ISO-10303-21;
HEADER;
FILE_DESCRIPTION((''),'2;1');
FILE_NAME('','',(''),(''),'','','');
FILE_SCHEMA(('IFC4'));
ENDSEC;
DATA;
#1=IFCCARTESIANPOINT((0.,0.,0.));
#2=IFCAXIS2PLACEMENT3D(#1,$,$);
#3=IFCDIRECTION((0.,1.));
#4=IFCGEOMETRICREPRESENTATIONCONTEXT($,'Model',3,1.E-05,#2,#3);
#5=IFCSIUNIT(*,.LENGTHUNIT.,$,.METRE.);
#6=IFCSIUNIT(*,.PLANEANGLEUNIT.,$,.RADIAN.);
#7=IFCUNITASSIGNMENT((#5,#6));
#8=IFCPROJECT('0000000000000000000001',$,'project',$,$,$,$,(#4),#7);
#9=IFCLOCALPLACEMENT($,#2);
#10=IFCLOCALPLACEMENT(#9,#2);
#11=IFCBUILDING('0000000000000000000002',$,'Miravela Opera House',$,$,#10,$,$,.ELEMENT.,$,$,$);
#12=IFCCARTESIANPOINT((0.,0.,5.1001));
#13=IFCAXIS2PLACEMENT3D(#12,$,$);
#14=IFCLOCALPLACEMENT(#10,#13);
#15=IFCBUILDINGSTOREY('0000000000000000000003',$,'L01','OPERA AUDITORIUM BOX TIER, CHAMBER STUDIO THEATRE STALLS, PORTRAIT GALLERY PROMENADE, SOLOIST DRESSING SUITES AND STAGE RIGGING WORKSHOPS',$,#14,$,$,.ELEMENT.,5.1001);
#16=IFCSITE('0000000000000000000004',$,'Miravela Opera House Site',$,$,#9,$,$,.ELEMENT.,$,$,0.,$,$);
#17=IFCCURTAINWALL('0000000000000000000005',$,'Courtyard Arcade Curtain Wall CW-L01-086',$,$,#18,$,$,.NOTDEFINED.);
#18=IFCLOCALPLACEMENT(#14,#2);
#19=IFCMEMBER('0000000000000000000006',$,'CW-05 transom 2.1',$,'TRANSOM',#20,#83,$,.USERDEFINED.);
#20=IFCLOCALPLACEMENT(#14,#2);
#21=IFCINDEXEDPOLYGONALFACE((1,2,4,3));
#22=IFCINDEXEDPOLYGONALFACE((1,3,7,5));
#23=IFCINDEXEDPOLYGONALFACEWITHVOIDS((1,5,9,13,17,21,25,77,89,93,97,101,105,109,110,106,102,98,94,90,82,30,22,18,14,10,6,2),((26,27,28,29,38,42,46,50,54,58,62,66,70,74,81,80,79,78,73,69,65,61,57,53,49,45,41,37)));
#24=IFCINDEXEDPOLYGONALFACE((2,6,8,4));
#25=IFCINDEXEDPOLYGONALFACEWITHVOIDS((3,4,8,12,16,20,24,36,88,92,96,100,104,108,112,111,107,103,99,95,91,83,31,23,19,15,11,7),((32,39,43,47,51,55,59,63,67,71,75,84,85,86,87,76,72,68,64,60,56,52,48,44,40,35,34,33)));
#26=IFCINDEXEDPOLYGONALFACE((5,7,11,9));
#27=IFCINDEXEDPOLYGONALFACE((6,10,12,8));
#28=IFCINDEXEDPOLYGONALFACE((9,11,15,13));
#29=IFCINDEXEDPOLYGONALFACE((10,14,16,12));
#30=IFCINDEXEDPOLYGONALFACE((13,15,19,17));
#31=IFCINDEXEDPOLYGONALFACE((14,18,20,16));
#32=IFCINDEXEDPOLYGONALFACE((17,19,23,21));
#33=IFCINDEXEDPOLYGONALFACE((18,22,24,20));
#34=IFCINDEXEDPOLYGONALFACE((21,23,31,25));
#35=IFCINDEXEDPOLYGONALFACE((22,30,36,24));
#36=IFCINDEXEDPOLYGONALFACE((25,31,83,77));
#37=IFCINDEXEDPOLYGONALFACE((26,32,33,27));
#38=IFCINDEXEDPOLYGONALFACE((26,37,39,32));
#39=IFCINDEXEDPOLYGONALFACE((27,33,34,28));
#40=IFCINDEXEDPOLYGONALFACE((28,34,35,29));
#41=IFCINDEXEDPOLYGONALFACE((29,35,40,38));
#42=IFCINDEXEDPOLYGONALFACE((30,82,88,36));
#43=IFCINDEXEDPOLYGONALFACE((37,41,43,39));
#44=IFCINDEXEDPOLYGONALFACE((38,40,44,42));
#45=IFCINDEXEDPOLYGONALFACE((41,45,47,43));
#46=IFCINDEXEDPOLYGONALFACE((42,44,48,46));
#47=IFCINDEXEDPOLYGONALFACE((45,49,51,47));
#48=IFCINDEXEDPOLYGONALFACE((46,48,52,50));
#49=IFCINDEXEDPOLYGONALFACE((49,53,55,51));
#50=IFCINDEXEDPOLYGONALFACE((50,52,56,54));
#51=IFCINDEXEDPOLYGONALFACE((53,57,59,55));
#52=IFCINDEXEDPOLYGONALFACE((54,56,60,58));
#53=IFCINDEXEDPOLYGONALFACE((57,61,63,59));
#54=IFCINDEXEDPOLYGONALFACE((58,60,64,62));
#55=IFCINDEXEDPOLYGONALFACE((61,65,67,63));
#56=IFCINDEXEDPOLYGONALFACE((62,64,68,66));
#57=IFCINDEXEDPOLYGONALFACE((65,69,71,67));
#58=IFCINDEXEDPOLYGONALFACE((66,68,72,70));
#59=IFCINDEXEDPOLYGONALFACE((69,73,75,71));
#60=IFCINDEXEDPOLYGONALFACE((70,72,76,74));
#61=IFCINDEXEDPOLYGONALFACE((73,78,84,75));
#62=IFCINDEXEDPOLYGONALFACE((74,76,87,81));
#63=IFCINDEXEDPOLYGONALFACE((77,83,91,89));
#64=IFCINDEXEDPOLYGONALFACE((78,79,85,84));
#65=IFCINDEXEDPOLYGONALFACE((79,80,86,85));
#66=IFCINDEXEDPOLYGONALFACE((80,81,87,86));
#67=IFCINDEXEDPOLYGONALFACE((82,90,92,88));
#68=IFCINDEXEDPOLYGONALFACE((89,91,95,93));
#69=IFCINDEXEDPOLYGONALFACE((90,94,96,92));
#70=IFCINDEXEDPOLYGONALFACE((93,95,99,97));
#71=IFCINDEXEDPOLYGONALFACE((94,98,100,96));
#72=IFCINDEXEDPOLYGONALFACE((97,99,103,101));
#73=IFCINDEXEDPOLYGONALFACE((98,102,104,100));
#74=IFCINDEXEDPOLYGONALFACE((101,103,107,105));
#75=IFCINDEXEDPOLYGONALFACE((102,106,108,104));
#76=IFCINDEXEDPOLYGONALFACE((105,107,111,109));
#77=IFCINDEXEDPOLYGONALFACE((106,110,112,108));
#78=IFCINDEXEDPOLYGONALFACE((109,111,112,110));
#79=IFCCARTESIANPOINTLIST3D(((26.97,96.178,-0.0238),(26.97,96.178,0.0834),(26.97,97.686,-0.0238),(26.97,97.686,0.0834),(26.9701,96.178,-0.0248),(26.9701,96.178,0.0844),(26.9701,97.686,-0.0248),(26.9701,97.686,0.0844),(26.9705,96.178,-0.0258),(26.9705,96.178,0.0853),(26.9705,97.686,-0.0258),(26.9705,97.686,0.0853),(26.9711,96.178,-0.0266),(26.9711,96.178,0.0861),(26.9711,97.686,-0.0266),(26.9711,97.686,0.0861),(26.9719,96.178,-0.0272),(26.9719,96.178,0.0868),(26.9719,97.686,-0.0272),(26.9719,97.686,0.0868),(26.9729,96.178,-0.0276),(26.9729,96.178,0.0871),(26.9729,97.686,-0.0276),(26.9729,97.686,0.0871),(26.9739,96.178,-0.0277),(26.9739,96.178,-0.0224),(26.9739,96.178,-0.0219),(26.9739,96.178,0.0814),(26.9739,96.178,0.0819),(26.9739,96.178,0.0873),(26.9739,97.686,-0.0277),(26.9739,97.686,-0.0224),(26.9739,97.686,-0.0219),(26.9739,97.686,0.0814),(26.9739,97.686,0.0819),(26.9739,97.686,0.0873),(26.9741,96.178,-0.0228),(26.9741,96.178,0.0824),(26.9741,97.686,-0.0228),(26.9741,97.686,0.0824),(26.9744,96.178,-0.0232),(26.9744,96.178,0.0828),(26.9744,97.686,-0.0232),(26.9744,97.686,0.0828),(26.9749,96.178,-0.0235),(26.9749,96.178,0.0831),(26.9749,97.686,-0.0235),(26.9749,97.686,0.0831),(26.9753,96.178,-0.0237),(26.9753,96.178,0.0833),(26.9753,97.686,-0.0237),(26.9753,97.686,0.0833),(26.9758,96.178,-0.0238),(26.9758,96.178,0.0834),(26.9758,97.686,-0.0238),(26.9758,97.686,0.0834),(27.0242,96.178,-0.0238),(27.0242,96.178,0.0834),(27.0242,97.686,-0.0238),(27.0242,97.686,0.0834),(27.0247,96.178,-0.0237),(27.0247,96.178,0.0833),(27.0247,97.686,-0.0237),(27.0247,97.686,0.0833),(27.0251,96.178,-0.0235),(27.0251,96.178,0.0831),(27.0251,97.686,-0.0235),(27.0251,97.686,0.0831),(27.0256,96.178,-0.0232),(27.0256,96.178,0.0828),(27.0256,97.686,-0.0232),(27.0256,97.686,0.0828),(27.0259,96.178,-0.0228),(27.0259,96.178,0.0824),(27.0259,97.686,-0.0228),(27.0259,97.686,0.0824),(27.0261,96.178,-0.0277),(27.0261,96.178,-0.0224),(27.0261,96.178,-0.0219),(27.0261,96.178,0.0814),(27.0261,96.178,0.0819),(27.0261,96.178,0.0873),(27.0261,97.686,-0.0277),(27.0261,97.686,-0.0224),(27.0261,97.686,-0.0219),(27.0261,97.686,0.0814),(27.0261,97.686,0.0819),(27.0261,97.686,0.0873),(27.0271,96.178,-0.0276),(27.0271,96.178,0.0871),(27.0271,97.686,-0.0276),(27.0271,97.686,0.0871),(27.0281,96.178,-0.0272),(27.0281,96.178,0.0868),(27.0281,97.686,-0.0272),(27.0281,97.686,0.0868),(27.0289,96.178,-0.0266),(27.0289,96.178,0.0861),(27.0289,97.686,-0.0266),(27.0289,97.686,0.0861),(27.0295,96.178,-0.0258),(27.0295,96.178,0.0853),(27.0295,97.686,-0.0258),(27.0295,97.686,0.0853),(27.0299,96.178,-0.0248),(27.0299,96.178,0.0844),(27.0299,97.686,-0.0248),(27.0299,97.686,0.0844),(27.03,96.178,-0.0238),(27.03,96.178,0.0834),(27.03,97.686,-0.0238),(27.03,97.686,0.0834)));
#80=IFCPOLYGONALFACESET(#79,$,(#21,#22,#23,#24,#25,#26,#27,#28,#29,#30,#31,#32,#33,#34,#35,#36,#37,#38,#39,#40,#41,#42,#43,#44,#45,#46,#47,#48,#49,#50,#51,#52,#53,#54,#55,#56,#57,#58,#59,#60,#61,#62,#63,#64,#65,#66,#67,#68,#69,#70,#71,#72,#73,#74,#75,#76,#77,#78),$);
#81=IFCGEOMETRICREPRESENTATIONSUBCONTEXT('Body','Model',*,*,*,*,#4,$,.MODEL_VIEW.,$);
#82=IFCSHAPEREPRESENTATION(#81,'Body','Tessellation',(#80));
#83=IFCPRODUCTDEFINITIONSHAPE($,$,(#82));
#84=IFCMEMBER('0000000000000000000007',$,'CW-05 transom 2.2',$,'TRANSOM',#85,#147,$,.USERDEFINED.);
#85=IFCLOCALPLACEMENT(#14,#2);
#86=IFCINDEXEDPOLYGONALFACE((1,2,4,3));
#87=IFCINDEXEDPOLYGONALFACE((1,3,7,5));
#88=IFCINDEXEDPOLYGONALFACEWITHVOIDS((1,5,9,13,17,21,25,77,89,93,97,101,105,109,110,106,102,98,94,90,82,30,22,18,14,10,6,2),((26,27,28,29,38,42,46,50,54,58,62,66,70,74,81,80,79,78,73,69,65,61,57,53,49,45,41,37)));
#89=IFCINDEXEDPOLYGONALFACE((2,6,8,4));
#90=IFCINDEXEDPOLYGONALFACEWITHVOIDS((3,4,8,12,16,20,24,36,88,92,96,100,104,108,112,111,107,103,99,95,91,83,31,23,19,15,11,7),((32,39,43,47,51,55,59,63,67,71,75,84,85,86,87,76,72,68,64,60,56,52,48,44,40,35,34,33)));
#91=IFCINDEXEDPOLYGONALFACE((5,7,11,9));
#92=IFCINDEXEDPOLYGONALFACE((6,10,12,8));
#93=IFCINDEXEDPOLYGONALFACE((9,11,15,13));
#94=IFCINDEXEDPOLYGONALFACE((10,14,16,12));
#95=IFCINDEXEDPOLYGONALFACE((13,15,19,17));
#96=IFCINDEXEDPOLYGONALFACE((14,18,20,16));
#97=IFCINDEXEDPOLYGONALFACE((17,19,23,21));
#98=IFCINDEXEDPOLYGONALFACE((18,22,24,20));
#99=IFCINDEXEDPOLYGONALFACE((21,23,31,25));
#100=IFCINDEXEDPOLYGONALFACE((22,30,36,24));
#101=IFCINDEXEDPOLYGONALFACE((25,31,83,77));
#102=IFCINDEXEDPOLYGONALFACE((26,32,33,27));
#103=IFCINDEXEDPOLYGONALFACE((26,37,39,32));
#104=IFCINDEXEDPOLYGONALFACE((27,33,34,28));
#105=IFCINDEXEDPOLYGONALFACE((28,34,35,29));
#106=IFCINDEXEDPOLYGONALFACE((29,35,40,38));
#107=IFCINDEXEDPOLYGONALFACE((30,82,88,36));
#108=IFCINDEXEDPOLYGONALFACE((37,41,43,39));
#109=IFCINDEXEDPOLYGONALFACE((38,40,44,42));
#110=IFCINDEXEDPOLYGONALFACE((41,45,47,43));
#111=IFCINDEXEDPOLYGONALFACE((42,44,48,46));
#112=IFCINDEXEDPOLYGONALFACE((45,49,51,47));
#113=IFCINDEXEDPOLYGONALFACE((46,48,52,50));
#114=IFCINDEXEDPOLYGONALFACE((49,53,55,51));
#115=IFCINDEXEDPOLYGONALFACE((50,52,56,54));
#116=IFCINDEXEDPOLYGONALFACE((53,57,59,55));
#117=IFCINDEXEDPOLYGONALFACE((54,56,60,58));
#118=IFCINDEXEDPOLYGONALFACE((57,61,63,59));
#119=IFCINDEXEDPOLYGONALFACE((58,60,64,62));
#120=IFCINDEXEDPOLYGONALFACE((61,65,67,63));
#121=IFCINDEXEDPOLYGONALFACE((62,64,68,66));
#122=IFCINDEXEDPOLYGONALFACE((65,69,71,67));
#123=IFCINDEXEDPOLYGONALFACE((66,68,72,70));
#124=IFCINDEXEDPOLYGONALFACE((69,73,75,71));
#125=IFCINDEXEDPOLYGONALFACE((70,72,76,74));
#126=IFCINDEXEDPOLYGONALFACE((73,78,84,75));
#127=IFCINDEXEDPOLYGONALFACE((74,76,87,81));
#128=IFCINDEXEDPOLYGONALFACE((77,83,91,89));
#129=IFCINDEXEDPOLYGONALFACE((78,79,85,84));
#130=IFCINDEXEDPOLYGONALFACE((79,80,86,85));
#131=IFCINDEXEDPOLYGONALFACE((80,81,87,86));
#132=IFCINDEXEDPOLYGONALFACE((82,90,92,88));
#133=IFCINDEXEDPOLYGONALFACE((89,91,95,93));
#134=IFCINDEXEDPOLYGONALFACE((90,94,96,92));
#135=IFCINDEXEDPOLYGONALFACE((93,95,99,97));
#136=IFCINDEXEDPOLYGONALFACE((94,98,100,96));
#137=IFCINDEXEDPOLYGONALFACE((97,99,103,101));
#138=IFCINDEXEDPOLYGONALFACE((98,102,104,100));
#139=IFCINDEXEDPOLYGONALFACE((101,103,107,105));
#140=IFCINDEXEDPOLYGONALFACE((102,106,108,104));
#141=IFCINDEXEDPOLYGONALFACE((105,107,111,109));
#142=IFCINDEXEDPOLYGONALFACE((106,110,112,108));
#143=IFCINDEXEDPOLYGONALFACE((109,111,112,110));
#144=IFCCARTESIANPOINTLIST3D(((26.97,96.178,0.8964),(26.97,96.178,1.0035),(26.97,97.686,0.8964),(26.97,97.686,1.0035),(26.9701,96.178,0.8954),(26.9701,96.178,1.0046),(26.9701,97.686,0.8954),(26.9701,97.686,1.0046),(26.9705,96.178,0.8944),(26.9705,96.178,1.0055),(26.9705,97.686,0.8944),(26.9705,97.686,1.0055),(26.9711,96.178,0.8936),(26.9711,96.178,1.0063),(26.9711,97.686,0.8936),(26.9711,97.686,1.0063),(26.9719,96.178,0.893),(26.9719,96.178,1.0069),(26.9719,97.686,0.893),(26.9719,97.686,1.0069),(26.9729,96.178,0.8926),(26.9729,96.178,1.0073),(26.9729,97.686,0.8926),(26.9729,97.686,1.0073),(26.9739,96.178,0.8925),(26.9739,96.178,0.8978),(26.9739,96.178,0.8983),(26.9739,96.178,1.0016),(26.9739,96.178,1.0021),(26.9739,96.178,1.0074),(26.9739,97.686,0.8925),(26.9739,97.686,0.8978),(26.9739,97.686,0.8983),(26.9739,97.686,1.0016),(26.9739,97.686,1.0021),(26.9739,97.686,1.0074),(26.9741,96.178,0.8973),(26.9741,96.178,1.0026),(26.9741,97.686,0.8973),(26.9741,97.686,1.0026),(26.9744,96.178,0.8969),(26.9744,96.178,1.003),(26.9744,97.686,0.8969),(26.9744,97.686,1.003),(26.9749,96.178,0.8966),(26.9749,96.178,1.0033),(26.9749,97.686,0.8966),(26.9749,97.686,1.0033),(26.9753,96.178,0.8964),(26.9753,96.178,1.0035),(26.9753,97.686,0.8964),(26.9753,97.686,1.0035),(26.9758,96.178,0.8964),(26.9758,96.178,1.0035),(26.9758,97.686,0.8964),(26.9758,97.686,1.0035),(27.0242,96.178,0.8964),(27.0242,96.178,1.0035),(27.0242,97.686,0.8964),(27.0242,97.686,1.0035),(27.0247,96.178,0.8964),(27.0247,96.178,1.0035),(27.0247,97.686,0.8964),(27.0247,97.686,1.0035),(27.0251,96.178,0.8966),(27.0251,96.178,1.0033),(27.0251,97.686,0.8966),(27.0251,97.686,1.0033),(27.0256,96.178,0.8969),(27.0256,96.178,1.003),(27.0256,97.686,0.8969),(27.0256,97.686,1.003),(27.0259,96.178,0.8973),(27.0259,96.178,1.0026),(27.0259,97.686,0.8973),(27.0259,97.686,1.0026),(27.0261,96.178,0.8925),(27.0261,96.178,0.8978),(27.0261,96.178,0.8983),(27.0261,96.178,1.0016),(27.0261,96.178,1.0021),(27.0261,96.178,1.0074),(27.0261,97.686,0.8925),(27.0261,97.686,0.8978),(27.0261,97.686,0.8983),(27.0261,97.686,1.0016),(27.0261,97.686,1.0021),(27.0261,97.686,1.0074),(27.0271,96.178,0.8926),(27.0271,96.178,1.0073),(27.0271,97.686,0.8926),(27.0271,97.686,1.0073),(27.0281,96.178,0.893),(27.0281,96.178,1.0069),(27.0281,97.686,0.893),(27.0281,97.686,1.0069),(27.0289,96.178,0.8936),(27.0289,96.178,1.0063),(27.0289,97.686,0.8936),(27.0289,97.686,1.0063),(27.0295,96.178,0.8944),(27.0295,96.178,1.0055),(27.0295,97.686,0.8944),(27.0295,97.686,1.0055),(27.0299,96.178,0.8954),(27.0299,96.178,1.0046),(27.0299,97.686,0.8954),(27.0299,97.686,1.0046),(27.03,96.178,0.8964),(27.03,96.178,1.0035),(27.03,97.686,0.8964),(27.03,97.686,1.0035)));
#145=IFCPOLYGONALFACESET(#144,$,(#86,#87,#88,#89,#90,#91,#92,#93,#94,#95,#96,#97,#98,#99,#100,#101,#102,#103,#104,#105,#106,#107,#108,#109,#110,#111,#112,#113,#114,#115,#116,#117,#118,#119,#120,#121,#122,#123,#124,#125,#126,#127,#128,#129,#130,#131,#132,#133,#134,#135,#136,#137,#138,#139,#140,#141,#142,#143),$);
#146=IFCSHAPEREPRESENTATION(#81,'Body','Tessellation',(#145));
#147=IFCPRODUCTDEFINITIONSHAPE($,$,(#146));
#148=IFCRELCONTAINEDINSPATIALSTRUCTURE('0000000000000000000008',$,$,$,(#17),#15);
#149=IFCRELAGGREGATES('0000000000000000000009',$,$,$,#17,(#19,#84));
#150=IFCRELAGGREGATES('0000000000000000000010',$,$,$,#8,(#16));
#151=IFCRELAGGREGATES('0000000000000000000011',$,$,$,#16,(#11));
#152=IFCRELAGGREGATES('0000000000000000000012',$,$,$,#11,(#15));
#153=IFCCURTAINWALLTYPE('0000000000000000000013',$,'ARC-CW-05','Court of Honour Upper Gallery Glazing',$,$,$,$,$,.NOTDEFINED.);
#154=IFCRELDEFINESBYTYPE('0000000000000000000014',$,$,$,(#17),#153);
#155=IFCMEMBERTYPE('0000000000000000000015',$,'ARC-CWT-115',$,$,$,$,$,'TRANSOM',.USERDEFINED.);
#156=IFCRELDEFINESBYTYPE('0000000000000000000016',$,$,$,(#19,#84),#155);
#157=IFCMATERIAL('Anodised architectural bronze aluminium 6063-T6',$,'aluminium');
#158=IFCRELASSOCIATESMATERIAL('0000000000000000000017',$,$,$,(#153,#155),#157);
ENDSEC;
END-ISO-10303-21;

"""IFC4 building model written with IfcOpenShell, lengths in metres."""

from ifc_helpers import new_model, si_unit, direction, frame, origin, origin_2d, place, context, subcontext, project, spatial, hollow_rectangle, extrude, material, material_profile, profile_set, type_object, element, aggregate, save


model = new_model("IFC4")

# Units and contexts
model_context = context("Model", 3, precision=1e-05, world=origin(), true_north=direction((0.0, 1.0)))
body_context = subcontext(model_context, "Body", "Model", "MODEL_VIEW")
ifc_project = project(units=[si_unit("LENGTHUNIT", "METRE"), si_unit("PLANEANGLEUNIT", "RADIAN")], contexts=[model_context])

# Site, building, storey
site_placement = place(None, origin())
site = spatial("IfcSite", under=ifc_project, at=site_placement, Name="Miravela Opera House Site", CompositionType="ELEMENT", RefElevation=0.0)
building_placement = place(site_placement, origin())
building = spatial("IfcBuilding", under=site, at=building_placement, Name="Miravela Opera House", CompositionType="ELEMENT")
storey_placement = place(building_placement, frame((0.0, 0.0, 5.1001)))
storey = spatial("IfcBuildingStorey", under=building, at=storey_placement, Name="L01", Description="OPERA AUDITORIUM BOX TIER, CHAMBER STUDIO THEATRE STALLS, PORTRAIT GALLERY PROMENADE, SOLOIST DRESSING SUITES AND STAGE RIGGING WORKSHOPS", CompositionType="ELEMENT", Elevation=5.1001)

# Shared definitions
ifc_material_1 = material(Name="Anodised architectural bronze aluminium 6063-T6", Category="aluminium")
curtain_wall_type = type_object("IfcCurtainWallType", Name="ARC-CW-05", Description="Court of Honour Upper Gallery Glazing", PredefinedType="NOTDEFINED", material=ifc_material_1)

# Curtain wall, members
curtain_wall_1_placement = place(storey_placement, origin())
curtain_wall_1 = element("IfcCurtainWall", 1, at=curtain_wall_1_placement, inside=storey, type_object=curtain_wall_type, Name="Courtyard Arcade Curtain Wall CW-L01-086", PredefinedType="NOTDEFINED")
ifc_material_profile_1 = material_profile(ifc_material_1, hollow_rectangle(XDim=0.0601, YDim=0.115, WallThickness=0.0039, InnerFilletRadius=0.002, OuterFilletRadius=0.0039, at=origin_2d()), Name="CWT-60X115")
ifc_profile_set_1 = profile_set([ifc_material_profile_1])
member_type_1 = type_object("IfcMemberType", Name="ARC-CWT-115", ElementType="TRANSOM", PredefinedType="USERDEFINED", material=ifc_profile_set_1)
member_1_placement = place(storey_placement, frame((27.0, 96.178, 0.0298), z_axis=(0.0, 1.0, 0.0), x_axis=(-1.0, 0.0, 0.0)))
member_1 = element("IfcMember", 2, at=member_1_placement, type_object=member_type_1, Name="CW-05 transom 2.1", ObjectType="TRANSOM", PredefinedType="USERDEFINED", context=body_context, shape_type="SweptSolid", body=[
    extrude(hollow_rectangle(XDim=0.0601, YDim=0.115, WallThickness=0.0039, InnerFilletRadius=0.002, OuterFilletRadius=0.0039, at=origin_2d()), origin(), (0.0, 0.0, 1.0), 1.5081),
])
member_2_placement = place(storey_placement, frame((27.0, 96.178, 0.95), z_axis=(0.0, 1.0, 0.0), x_axis=(-1.0, 0.0, 0.0)))
member_2 = element("IfcMember", 3, at=member_2_placement, type_object=member_type_1, Name="CW-05 transom 2.2", ObjectType="TRANSOM", PredefinedType="USERDEFINED", context=body_context, shape_type="SweptSolid", body=[
    extrude(hollow_rectangle(XDim=0.0601, YDim=0.115, WallThickness=0.0039, InnerFilletRadius=0.002, OuterFilletRadius=0.0039, at=origin_2d()), origin(), (0.0, 0.0, 1.0), 1.5081),
])

aggregate(curtain_wall_1, [member_1, member_2])

save(model, "model.ifc")
